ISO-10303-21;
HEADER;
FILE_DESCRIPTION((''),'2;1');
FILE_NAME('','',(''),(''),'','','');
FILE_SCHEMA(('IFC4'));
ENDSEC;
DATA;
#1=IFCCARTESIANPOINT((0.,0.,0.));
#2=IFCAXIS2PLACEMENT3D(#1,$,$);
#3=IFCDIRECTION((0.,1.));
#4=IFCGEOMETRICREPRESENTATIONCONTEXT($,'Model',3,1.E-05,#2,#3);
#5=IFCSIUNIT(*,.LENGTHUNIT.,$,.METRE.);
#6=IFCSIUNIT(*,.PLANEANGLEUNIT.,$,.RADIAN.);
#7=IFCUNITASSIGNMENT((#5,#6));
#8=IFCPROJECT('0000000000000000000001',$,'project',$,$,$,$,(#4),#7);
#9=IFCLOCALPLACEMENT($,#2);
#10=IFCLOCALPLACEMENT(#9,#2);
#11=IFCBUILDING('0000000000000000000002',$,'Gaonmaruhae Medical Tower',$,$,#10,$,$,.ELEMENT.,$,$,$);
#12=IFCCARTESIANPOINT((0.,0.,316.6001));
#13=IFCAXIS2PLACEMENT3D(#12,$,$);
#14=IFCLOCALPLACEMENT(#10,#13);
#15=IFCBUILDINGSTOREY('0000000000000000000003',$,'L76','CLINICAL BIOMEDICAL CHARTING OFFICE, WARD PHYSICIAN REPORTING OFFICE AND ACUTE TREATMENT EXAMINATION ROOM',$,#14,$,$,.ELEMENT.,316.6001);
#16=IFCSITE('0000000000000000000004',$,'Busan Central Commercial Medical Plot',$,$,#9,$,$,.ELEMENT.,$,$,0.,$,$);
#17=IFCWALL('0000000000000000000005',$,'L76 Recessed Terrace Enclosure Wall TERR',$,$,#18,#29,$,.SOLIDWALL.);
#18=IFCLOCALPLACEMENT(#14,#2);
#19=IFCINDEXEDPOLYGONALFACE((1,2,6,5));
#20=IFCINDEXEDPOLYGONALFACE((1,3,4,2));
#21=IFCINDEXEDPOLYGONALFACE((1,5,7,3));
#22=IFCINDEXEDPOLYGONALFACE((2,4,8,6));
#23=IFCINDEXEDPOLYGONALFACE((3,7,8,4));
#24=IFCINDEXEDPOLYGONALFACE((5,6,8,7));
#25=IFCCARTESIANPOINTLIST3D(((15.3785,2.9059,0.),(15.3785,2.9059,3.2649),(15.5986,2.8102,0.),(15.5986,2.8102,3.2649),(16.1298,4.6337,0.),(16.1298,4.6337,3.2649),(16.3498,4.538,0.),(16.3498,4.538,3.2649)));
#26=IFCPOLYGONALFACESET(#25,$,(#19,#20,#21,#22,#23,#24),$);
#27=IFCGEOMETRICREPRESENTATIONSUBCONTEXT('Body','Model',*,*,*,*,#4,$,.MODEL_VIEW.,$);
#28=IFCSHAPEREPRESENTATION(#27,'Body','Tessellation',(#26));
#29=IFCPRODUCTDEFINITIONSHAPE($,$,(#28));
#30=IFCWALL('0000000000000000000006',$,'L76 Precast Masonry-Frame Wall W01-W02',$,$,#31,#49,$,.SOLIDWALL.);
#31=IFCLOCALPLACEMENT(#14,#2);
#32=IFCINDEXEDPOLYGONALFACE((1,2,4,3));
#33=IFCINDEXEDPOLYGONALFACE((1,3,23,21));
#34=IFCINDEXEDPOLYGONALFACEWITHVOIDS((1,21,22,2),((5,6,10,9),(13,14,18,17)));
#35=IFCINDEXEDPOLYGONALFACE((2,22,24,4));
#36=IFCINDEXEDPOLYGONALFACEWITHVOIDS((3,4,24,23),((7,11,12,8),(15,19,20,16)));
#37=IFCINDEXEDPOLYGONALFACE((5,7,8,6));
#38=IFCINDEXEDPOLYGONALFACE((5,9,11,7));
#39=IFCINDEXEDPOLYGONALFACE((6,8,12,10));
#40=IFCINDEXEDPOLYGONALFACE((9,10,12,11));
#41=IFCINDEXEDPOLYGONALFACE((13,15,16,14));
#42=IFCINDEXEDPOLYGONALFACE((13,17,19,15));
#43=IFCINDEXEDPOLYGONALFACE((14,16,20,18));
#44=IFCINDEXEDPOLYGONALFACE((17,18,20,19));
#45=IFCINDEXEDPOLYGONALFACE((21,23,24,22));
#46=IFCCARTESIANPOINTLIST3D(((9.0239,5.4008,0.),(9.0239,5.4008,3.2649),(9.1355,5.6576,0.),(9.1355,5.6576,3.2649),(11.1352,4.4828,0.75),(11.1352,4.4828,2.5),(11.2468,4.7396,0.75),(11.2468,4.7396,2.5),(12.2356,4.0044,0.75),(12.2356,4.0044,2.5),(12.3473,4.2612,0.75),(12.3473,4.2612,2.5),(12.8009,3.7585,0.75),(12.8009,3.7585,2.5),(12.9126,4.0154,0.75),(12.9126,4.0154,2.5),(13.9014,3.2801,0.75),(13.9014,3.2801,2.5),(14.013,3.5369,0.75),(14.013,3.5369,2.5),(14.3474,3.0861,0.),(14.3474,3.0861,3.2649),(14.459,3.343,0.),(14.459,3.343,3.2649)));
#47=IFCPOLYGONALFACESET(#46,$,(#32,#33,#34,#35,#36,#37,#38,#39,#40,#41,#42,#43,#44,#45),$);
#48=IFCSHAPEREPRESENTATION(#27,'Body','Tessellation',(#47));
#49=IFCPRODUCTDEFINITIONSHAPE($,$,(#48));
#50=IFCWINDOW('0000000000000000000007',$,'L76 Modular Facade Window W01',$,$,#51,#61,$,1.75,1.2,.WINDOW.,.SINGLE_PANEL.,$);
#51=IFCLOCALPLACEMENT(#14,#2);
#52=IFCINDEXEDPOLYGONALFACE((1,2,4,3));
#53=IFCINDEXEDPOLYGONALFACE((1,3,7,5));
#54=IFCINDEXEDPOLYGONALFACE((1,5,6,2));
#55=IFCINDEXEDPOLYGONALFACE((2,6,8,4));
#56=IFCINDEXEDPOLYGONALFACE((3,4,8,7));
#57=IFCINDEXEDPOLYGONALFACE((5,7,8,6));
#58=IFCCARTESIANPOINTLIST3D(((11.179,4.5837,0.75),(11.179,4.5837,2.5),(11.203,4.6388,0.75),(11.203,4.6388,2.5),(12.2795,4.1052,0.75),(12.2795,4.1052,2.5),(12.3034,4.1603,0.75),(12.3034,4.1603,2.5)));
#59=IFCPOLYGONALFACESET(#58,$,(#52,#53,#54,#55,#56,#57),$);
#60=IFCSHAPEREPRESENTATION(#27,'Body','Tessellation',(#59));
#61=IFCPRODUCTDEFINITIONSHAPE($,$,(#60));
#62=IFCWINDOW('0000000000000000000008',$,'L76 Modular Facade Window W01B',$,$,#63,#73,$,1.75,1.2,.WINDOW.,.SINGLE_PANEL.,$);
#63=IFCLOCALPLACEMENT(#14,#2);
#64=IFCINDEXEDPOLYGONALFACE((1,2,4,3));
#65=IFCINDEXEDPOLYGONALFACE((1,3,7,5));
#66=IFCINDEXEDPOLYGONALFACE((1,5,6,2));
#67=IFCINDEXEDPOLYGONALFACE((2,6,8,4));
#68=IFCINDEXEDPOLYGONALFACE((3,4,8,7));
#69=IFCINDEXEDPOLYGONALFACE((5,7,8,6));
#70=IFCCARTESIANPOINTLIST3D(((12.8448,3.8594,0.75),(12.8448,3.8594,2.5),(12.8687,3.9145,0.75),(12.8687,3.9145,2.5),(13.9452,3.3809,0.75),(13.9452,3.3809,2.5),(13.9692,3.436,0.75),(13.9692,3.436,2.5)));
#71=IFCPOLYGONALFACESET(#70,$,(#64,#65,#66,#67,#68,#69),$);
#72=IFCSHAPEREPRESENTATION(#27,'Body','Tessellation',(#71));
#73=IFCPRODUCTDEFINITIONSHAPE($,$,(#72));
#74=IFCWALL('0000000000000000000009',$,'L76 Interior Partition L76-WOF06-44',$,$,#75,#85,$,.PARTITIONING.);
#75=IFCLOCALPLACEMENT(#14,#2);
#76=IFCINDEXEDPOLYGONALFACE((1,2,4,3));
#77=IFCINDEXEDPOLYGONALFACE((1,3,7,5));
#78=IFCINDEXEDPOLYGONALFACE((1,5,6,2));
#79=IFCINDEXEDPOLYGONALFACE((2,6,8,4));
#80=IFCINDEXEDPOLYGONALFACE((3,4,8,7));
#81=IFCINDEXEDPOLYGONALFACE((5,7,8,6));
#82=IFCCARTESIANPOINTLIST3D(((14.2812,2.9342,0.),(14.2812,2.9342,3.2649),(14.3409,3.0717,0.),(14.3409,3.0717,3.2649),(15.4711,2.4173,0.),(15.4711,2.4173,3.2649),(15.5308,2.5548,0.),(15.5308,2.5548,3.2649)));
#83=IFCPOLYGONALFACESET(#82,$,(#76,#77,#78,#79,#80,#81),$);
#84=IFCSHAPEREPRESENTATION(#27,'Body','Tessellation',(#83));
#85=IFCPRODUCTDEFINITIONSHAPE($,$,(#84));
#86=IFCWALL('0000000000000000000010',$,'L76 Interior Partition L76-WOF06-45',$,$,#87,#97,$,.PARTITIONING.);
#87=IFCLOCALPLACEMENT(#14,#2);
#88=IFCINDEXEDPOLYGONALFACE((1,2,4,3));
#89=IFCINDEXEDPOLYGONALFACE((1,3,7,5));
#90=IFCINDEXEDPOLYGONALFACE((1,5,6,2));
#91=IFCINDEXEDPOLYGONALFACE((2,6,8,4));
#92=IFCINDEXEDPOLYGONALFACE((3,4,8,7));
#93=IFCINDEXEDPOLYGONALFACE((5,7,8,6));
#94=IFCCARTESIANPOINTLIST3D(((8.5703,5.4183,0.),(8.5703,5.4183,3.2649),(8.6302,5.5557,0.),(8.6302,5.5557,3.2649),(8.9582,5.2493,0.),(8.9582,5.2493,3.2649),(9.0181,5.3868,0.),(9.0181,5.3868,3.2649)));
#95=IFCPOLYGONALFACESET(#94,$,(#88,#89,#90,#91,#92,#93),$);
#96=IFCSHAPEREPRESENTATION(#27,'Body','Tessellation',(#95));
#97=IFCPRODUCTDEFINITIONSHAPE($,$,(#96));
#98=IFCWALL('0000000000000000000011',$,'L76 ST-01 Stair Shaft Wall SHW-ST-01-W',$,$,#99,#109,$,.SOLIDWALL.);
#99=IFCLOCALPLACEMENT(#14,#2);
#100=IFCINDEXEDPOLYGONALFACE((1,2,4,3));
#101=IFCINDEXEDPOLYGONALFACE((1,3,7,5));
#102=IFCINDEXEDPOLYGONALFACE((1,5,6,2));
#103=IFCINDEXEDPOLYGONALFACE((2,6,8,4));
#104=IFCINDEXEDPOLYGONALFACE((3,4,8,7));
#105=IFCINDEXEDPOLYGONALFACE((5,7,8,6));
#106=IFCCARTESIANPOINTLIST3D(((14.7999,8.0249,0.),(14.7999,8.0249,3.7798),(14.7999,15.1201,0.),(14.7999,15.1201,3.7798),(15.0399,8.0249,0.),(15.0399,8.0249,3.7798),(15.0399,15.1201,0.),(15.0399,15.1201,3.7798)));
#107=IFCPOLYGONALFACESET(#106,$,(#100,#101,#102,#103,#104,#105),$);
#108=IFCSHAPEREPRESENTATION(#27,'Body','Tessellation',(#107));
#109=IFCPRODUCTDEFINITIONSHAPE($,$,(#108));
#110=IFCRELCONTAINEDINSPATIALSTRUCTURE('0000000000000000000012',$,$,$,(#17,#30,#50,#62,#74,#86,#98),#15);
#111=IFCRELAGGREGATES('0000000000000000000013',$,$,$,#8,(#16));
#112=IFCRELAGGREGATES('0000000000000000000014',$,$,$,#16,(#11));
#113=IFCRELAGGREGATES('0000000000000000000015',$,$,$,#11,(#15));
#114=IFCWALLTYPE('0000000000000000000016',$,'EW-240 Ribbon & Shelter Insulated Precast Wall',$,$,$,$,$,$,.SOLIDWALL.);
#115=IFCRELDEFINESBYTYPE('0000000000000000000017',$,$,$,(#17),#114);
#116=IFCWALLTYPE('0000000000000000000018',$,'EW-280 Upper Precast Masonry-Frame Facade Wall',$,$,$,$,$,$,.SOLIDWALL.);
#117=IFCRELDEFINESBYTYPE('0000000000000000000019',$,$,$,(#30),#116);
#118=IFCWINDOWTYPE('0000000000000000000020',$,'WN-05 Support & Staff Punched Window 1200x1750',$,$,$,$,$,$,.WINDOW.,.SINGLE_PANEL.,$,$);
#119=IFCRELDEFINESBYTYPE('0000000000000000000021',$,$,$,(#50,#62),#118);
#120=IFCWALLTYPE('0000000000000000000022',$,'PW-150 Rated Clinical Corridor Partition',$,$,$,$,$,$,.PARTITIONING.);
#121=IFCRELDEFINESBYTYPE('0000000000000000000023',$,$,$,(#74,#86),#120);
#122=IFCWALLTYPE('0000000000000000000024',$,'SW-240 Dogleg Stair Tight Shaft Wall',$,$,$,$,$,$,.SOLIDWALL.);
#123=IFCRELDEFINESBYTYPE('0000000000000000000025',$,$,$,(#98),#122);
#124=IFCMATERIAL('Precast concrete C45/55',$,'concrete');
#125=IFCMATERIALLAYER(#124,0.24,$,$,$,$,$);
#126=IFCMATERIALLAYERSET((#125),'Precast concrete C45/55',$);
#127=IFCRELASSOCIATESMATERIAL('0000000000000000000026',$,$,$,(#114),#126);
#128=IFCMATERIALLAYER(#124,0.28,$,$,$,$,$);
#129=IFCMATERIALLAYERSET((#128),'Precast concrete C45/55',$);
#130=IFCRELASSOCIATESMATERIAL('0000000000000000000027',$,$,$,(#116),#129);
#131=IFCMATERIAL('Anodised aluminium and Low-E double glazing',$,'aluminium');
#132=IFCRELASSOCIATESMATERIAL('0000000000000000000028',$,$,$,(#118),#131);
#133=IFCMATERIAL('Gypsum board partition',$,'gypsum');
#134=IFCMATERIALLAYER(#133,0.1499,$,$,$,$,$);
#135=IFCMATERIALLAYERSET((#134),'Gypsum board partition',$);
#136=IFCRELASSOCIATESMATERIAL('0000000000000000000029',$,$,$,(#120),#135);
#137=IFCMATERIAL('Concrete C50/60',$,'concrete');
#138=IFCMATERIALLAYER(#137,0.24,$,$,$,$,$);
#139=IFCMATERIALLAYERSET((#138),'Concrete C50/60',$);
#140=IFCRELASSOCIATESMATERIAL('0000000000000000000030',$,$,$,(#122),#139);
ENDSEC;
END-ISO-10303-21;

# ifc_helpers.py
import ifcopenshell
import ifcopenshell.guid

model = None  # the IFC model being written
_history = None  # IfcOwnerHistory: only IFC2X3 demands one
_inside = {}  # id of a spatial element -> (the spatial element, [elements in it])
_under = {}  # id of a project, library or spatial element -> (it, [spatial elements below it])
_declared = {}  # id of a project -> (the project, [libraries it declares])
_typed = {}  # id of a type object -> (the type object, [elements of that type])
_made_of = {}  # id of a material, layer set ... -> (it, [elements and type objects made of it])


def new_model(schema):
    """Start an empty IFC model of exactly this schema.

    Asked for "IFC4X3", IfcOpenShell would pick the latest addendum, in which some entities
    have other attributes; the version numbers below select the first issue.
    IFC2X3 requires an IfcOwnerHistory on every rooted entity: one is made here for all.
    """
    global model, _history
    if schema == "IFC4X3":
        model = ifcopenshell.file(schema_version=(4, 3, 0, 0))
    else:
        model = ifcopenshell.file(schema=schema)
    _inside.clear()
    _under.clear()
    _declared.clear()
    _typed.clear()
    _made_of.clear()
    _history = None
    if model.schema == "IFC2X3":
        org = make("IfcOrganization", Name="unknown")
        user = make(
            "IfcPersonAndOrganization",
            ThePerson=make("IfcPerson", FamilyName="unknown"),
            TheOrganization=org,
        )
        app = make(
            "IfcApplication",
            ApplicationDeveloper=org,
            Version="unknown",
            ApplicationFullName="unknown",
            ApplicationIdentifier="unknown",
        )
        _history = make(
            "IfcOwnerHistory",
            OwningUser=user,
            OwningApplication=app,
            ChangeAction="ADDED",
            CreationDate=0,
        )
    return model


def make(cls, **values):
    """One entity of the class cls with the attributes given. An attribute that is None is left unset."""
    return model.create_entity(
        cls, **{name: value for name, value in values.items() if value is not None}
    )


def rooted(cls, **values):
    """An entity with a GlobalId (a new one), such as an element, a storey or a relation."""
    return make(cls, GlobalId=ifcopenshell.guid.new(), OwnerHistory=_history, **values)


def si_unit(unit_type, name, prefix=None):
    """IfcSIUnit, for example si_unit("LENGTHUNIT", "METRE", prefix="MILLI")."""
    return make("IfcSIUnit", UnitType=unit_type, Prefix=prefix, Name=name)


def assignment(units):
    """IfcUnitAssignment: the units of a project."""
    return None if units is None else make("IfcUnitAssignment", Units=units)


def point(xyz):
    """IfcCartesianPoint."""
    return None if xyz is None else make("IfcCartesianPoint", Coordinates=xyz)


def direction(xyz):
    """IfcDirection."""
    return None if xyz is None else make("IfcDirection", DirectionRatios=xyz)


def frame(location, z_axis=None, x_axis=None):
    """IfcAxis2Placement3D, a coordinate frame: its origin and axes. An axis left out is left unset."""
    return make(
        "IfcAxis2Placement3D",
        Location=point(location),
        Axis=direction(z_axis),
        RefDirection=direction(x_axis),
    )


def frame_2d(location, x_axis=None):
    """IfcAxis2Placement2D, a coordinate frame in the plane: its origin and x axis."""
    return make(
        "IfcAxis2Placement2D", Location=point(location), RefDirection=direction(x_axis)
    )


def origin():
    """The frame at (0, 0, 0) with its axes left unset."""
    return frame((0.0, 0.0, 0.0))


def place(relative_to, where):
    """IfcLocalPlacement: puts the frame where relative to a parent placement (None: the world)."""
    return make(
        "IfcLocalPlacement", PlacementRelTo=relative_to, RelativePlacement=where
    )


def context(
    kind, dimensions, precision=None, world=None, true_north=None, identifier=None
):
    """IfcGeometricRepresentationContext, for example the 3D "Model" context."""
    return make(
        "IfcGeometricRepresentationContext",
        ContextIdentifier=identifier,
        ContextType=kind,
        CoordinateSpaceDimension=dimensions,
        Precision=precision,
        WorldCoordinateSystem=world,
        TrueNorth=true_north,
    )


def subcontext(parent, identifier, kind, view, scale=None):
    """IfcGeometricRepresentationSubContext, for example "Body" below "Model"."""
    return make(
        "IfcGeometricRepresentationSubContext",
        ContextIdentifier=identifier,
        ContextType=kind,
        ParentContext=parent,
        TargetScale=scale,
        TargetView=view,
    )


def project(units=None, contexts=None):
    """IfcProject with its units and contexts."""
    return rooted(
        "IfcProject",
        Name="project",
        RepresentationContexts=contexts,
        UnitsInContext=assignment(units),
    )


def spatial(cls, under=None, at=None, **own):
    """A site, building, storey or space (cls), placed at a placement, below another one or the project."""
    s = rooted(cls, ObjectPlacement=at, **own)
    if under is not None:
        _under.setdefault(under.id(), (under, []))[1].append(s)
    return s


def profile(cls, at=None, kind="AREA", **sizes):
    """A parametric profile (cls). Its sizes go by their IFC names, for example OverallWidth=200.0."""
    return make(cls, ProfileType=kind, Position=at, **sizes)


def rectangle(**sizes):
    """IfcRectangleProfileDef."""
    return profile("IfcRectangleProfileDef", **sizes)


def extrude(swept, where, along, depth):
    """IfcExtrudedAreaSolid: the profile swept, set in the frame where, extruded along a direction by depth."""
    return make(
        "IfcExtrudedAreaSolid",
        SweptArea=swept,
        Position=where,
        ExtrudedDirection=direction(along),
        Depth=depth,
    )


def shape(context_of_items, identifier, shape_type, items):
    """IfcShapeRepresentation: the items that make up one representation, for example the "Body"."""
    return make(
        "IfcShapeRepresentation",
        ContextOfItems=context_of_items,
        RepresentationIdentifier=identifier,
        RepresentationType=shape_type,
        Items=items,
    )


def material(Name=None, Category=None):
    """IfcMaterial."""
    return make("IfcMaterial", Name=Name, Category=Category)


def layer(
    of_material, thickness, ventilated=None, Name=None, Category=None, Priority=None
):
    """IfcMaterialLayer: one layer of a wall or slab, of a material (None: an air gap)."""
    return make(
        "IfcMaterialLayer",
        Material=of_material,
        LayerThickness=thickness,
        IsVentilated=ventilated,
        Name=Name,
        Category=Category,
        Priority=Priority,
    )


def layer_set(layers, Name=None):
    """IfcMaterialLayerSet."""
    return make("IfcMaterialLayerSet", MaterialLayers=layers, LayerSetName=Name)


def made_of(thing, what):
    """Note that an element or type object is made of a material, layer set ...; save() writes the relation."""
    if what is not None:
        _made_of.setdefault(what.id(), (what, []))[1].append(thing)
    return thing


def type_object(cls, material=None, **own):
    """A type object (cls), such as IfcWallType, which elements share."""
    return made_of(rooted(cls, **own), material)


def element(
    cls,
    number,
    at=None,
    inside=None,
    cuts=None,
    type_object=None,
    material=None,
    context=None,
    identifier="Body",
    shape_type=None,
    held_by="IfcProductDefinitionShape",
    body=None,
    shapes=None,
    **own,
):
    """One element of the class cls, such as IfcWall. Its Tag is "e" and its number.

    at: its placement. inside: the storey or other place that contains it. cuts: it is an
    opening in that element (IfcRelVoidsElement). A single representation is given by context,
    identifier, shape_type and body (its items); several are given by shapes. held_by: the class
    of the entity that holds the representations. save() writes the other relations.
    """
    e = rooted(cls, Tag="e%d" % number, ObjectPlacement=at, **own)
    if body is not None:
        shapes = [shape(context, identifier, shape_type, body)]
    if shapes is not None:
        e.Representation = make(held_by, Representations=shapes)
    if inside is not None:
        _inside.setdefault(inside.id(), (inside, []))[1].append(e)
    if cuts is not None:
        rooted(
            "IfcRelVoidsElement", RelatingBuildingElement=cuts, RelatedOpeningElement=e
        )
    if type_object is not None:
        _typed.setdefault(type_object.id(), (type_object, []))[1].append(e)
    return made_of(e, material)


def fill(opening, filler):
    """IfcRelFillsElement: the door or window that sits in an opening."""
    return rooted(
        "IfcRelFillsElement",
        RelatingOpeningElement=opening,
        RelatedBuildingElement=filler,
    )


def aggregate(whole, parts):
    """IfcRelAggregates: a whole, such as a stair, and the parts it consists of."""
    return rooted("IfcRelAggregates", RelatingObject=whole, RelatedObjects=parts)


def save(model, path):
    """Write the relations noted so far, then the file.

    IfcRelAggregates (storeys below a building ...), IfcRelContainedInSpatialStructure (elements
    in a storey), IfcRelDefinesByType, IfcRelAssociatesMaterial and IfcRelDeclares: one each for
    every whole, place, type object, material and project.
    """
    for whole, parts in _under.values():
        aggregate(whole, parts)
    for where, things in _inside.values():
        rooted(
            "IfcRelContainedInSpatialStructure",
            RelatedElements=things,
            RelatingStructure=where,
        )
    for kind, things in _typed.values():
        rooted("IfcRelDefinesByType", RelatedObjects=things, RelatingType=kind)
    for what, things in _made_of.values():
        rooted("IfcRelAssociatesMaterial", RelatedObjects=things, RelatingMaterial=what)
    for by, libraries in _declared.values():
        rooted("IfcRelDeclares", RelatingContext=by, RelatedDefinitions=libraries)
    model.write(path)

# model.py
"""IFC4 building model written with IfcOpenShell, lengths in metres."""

from ifc_helpers import new_model, si_unit, direction, frame, frame_2d, origin, place, context, subcontext, project, spatial, rectangle, extrude, material, layer, layer_set, type_object, element, fill, save


model = new_model("IFC4")

# Units and contexts
model_context = context("Model", 3, precision=1e-05, world=origin(), true_north=direction((0.0, 1.0)))
body_context = subcontext(model_context, "Body", "Model", "MODEL_VIEW")
ifc_project = project(units=[si_unit("LENGTHUNIT", "METRE"), si_unit("PLANEANGLEUNIT", "RADIAN")], contexts=[model_context])

# Site, building, storey
site_placement = place(None, origin())
site = spatial("IfcSite", under=ifc_project, at=site_placement, Name="Busan Central Commercial Medical Plot", CompositionType="ELEMENT", RefElevation=0.0)
building_placement = place(site_placement, origin())
building = spatial("IfcBuilding", under=site, at=building_placement, Name="Gaonmaruhae Medical Tower", CompositionType="ELEMENT")
storey_placement = place(building_placement, frame((0.0, 0.0, 316.6001)))
storey = spatial("IfcBuildingStorey", under=building, at=storey_placement, Name="L76", Description="CLINICAL BIOMEDICAL CHARTING OFFICE, WARD PHYSICIAN REPORTING OFFICE AND ACUTE TREATMENT EXAMINATION ROOM", CompositionType="ELEMENT", Elevation=316.6001)

# Shared definitions
ifc_material_1 = material(Name="Concrete C50/60", Category="concrete")

# Wall
ifc_material_2 = material(Name="Precast concrete C45/55", Category="concrete")
ifc_layer_1 = layer(ifc_material_2, 0.24)
ifc_layer_set_1 = layer_set([ifc_layer_1], Name="Precast concrete C45/55")
wall_type_1 = type_object("IfcWallType", Name="EW-240 Ribbon & Shelter Insulated Precast Wall", PredefinedType="SOLIDWALL", material=ifc_layer_set_1)
wall_1_placement = place(storey_placement, frame((16.2397, 4.5857, 0.0), z_axis=(0.0, 0.0, 1.0), x_axis=(-0.398731, -0.917068, 0.0)))
element("IfcWall", 1, at=wall_1_placement, inside=storey, type_object=wall_type_1, Name="L76 Recessed Terrace Enclosure Wall TERR", PredefinedType="SOLIDWALL", context=body_context, shape_type="SweptSolid", body=[
    extrude(rectangle(XDim=1.884, YDim=0.24, at=frame_2d((0.9419, 0.0))), origin(), (0.0, 0.0, 1.0), 3.2649),
])

# Wall, openings, windows
ifc_layer_2 = layer(ifc_material_2, 0.28)
ifc_layer_set_2 = layer_set([ifc_layer_2], Name="Precast concrete C45/55")
wall_type_2 = type_object("IfcWallType", Name="EW-280 Upper Precast Masonry-Frame Facade Wall", PredefinedType="SOLIDWALL", material=ifc_layer_set_2)
wall_2_placement = place(storey_placement, frame((14.4031, 3.2146, 0.0), z_axis=(0.0, 0.0, 1.0), x_axis=(-0.917061, 0.398746, 0.0)))
wall_2 = element("IfcWall", 2, at=wall_2_placement, inside=storey, type_object=wall_type_2, Name="L76 Precast Masonry-Frame Wall W01-W02", PredefinedType="SOLIDWALL", context=body_context, shape_type="SweptSolid", body=[
    extrude(rectangle(XDim=5.8049, YDim=0.28, at=frame_2d((2.9023, 0.0))), origin(), (0.0, 0.0, 1.0), 3.2649),
])
opening_1_placement = place(wall_2_placement, frame((2.3025, 0.0, 0.75)))
opening_1 = element("IfcOpeningElement", 3, at=opening_1_placement, cuts=wall_2, PredefinedType="OPENING", context=body_context, shape_type="SweptSolid", body=[
    extrude(rectangle(XDim=1.2, YDim=1.75, at=frame_2d((0.6001, 0.875))), frame((0.0, 0.1499, 0.0), z_axis=(0.0, -1.0, 0.0), x_axis=(1.0, 0.0, 0.0)), (0.0, 0.0, 1.0), 0.3),
])
opening_2_placement = place(wall_2_placement, frame((0.4861, 0.0, 0.75)))
opening_2 = element("IfcOpeningElement", 4, at=opening_2_placement, cuts=wall_2, PredefinedType="OPENING", context=body_context, shape_type="SweptSolid", body=[
    extrude(rectangle(XDim=1.2, YDim=1.75, at=frame_2d((0.6001, 0.875))), frame((0.0, 0.1499, 0.0), z_axis=(0.0, -1.0, 0.0), x_axis=(1.0, 0.0, 0.0)), (0.0, 0.0, 1.0), 0.3),
])
ifc_material_3 = material(Name="Anodised aluminium and Low-E double glazing", Category="aluminium")
window_type = type_object("IfcWindowType", Name="WN-05 Support & Staff Punched Window 1200x1750", PartitioningType="SINGLE_PANEL", PredefinedType="WINDOW", material=ifc_material_3)
window_1_placement = place(opening_1_placement, origin())
window_1 = element("IfcWindow", 5, at=window_1_placement, inside=storey, type_object=window_type, Name="L76 Modular Facade Window W01", OverallHeight=1.75, OverallWidth=1.2, PartitioningType="SINGLE_PANEL", PredefinedType="WINDOW", context=body_context, shape_type="SweptSolid", body=[
    extrude(rectangle(XDim=1.2, YDim=1.75, at=frame_2d((0.6001, 0.875))), frame((0.0, 0.03, 0.0), z_axis=(0.0, -1.0, 0.0), x_axis=(1.0, 0.0, 0.0)), (0.0, 0.0, 1.0), 0.0601),
])
fill(opening_1, window_1)
window_2_placement = place(opening_2_placement, origin())
window_2 = element("IfcWindow", 6, at=window_2_placement, inside=storey, type_object=window_type, Name="L76 Modular Facade Window W01B", OverallHeight=1.75, OverallWidth=1.2, PartitioningType="SINGLE_PANEL", PredefinedType="WINDOW", context=body_context, shape_type="SweptSolid", body=[
    extrude(rectangle(XDim=1.2, YDim=1.75, at=frame_2d((0.6001, 0.875))), frame((0.0, 0.03, 0.0), z_axis=(0.0, -1.0, 0.0), x_axis=(1.0, 0.0, 0.0)), (0.0, 0.0, 1.0), 0.0601),
])
fill(opening_2, window_2)

# Walls
ifc_material_4 = material(Name="Gypsum board partition", Category="gypsum")
ifc_layer_3 = layer(ifc_material_4, 0.1499)
ifc_layer_set_3 = layer_set([ifc_layer_3], Name="Gypsum board partition")
wall_type_3 = type_object("IfcWallType", Name="PW-150 Rated Clinical Corridor Partition", PredefinedType="PARTITIONING", material=ifc_layer_set_3)
wall_3_placement = place(storey_placement, frame((15.501, 2.4861, 0.0), z_axis=(0.0, 0.0, 1.0), x_axis=(-0.917217, 0.398389, 0.0)))
element("IfcWall", 7, at=wall_3_placement, inside=storey, type_object=wall_type_3, Name="L76 Interior Partition L76-WOF06-44", PredefinedType="PARTITIONING", context=body_context, shape_type="SweptSolid", body=[
    extrude(rectangle(XDim=1.2974, YDim=0.1499, at=frame_2d((0.6487, 0.0))), origin(), (0.0, 0.0, 1.0), 3.2649),
])
wall_4_placement = place(storey_placement, frame((8.988, 5.3181, 0.0), z_axis=(0.0, 0.0, 1.0), x_axis=(-0.916831, 0.399275, 0.0)))
element("IfcWall", 8, at=wall_4_placement, inside=storey, type_object=wall_type_3, Name="L76 Interior Partition L76-WOF06-45", PredefinedType="PARTITIONING", context=body_context, shape_type="SweptSolid", body=[
    extrude(rectangle(XDim=0.4231, YDim=0.1499, at=frame_2d((0.2114, 0.0))), origin(), (0.0, 0.0, 1.0), 3.2649),
])
ifc_layer_4 = layer(ifc_material_1, 0.24)
ifc_layer_set_4 = layer_set([ifc_layer_4], Name="Concrete C50/60")
wall_type_4 = type_object("IfcWallType", Name="SW-240 Dogleg Stair Tight Shaft Wall", PredefinedType="SOLIDWALL", material=ifc_layer_set_4)
wall_5_placement = place(storey_placement, frame((14.9199, 8.0249, 0.0), z_axis=(0.0, 0.0, 1.0), x_axis=(0.0, 1.0, 0.0)))
element("IfcWall", 9, at=wall_5_placement, inside=storey, type_object=wall_type_4, Name="L76 ST-01 Stair Shaft Wall SHW-ST-01-W", PredefinedType="SOLIDWALL", context=body_context, shape_type="SweptSolid", body=[
    extrude(rectangle(XDim=7.0952, YDim=0.24, at=frame_2d((3.5476, 0.0))), origin(), (0.0, 0.0, 1.0), 3.7798),
])

save(model, "model.ifc")
